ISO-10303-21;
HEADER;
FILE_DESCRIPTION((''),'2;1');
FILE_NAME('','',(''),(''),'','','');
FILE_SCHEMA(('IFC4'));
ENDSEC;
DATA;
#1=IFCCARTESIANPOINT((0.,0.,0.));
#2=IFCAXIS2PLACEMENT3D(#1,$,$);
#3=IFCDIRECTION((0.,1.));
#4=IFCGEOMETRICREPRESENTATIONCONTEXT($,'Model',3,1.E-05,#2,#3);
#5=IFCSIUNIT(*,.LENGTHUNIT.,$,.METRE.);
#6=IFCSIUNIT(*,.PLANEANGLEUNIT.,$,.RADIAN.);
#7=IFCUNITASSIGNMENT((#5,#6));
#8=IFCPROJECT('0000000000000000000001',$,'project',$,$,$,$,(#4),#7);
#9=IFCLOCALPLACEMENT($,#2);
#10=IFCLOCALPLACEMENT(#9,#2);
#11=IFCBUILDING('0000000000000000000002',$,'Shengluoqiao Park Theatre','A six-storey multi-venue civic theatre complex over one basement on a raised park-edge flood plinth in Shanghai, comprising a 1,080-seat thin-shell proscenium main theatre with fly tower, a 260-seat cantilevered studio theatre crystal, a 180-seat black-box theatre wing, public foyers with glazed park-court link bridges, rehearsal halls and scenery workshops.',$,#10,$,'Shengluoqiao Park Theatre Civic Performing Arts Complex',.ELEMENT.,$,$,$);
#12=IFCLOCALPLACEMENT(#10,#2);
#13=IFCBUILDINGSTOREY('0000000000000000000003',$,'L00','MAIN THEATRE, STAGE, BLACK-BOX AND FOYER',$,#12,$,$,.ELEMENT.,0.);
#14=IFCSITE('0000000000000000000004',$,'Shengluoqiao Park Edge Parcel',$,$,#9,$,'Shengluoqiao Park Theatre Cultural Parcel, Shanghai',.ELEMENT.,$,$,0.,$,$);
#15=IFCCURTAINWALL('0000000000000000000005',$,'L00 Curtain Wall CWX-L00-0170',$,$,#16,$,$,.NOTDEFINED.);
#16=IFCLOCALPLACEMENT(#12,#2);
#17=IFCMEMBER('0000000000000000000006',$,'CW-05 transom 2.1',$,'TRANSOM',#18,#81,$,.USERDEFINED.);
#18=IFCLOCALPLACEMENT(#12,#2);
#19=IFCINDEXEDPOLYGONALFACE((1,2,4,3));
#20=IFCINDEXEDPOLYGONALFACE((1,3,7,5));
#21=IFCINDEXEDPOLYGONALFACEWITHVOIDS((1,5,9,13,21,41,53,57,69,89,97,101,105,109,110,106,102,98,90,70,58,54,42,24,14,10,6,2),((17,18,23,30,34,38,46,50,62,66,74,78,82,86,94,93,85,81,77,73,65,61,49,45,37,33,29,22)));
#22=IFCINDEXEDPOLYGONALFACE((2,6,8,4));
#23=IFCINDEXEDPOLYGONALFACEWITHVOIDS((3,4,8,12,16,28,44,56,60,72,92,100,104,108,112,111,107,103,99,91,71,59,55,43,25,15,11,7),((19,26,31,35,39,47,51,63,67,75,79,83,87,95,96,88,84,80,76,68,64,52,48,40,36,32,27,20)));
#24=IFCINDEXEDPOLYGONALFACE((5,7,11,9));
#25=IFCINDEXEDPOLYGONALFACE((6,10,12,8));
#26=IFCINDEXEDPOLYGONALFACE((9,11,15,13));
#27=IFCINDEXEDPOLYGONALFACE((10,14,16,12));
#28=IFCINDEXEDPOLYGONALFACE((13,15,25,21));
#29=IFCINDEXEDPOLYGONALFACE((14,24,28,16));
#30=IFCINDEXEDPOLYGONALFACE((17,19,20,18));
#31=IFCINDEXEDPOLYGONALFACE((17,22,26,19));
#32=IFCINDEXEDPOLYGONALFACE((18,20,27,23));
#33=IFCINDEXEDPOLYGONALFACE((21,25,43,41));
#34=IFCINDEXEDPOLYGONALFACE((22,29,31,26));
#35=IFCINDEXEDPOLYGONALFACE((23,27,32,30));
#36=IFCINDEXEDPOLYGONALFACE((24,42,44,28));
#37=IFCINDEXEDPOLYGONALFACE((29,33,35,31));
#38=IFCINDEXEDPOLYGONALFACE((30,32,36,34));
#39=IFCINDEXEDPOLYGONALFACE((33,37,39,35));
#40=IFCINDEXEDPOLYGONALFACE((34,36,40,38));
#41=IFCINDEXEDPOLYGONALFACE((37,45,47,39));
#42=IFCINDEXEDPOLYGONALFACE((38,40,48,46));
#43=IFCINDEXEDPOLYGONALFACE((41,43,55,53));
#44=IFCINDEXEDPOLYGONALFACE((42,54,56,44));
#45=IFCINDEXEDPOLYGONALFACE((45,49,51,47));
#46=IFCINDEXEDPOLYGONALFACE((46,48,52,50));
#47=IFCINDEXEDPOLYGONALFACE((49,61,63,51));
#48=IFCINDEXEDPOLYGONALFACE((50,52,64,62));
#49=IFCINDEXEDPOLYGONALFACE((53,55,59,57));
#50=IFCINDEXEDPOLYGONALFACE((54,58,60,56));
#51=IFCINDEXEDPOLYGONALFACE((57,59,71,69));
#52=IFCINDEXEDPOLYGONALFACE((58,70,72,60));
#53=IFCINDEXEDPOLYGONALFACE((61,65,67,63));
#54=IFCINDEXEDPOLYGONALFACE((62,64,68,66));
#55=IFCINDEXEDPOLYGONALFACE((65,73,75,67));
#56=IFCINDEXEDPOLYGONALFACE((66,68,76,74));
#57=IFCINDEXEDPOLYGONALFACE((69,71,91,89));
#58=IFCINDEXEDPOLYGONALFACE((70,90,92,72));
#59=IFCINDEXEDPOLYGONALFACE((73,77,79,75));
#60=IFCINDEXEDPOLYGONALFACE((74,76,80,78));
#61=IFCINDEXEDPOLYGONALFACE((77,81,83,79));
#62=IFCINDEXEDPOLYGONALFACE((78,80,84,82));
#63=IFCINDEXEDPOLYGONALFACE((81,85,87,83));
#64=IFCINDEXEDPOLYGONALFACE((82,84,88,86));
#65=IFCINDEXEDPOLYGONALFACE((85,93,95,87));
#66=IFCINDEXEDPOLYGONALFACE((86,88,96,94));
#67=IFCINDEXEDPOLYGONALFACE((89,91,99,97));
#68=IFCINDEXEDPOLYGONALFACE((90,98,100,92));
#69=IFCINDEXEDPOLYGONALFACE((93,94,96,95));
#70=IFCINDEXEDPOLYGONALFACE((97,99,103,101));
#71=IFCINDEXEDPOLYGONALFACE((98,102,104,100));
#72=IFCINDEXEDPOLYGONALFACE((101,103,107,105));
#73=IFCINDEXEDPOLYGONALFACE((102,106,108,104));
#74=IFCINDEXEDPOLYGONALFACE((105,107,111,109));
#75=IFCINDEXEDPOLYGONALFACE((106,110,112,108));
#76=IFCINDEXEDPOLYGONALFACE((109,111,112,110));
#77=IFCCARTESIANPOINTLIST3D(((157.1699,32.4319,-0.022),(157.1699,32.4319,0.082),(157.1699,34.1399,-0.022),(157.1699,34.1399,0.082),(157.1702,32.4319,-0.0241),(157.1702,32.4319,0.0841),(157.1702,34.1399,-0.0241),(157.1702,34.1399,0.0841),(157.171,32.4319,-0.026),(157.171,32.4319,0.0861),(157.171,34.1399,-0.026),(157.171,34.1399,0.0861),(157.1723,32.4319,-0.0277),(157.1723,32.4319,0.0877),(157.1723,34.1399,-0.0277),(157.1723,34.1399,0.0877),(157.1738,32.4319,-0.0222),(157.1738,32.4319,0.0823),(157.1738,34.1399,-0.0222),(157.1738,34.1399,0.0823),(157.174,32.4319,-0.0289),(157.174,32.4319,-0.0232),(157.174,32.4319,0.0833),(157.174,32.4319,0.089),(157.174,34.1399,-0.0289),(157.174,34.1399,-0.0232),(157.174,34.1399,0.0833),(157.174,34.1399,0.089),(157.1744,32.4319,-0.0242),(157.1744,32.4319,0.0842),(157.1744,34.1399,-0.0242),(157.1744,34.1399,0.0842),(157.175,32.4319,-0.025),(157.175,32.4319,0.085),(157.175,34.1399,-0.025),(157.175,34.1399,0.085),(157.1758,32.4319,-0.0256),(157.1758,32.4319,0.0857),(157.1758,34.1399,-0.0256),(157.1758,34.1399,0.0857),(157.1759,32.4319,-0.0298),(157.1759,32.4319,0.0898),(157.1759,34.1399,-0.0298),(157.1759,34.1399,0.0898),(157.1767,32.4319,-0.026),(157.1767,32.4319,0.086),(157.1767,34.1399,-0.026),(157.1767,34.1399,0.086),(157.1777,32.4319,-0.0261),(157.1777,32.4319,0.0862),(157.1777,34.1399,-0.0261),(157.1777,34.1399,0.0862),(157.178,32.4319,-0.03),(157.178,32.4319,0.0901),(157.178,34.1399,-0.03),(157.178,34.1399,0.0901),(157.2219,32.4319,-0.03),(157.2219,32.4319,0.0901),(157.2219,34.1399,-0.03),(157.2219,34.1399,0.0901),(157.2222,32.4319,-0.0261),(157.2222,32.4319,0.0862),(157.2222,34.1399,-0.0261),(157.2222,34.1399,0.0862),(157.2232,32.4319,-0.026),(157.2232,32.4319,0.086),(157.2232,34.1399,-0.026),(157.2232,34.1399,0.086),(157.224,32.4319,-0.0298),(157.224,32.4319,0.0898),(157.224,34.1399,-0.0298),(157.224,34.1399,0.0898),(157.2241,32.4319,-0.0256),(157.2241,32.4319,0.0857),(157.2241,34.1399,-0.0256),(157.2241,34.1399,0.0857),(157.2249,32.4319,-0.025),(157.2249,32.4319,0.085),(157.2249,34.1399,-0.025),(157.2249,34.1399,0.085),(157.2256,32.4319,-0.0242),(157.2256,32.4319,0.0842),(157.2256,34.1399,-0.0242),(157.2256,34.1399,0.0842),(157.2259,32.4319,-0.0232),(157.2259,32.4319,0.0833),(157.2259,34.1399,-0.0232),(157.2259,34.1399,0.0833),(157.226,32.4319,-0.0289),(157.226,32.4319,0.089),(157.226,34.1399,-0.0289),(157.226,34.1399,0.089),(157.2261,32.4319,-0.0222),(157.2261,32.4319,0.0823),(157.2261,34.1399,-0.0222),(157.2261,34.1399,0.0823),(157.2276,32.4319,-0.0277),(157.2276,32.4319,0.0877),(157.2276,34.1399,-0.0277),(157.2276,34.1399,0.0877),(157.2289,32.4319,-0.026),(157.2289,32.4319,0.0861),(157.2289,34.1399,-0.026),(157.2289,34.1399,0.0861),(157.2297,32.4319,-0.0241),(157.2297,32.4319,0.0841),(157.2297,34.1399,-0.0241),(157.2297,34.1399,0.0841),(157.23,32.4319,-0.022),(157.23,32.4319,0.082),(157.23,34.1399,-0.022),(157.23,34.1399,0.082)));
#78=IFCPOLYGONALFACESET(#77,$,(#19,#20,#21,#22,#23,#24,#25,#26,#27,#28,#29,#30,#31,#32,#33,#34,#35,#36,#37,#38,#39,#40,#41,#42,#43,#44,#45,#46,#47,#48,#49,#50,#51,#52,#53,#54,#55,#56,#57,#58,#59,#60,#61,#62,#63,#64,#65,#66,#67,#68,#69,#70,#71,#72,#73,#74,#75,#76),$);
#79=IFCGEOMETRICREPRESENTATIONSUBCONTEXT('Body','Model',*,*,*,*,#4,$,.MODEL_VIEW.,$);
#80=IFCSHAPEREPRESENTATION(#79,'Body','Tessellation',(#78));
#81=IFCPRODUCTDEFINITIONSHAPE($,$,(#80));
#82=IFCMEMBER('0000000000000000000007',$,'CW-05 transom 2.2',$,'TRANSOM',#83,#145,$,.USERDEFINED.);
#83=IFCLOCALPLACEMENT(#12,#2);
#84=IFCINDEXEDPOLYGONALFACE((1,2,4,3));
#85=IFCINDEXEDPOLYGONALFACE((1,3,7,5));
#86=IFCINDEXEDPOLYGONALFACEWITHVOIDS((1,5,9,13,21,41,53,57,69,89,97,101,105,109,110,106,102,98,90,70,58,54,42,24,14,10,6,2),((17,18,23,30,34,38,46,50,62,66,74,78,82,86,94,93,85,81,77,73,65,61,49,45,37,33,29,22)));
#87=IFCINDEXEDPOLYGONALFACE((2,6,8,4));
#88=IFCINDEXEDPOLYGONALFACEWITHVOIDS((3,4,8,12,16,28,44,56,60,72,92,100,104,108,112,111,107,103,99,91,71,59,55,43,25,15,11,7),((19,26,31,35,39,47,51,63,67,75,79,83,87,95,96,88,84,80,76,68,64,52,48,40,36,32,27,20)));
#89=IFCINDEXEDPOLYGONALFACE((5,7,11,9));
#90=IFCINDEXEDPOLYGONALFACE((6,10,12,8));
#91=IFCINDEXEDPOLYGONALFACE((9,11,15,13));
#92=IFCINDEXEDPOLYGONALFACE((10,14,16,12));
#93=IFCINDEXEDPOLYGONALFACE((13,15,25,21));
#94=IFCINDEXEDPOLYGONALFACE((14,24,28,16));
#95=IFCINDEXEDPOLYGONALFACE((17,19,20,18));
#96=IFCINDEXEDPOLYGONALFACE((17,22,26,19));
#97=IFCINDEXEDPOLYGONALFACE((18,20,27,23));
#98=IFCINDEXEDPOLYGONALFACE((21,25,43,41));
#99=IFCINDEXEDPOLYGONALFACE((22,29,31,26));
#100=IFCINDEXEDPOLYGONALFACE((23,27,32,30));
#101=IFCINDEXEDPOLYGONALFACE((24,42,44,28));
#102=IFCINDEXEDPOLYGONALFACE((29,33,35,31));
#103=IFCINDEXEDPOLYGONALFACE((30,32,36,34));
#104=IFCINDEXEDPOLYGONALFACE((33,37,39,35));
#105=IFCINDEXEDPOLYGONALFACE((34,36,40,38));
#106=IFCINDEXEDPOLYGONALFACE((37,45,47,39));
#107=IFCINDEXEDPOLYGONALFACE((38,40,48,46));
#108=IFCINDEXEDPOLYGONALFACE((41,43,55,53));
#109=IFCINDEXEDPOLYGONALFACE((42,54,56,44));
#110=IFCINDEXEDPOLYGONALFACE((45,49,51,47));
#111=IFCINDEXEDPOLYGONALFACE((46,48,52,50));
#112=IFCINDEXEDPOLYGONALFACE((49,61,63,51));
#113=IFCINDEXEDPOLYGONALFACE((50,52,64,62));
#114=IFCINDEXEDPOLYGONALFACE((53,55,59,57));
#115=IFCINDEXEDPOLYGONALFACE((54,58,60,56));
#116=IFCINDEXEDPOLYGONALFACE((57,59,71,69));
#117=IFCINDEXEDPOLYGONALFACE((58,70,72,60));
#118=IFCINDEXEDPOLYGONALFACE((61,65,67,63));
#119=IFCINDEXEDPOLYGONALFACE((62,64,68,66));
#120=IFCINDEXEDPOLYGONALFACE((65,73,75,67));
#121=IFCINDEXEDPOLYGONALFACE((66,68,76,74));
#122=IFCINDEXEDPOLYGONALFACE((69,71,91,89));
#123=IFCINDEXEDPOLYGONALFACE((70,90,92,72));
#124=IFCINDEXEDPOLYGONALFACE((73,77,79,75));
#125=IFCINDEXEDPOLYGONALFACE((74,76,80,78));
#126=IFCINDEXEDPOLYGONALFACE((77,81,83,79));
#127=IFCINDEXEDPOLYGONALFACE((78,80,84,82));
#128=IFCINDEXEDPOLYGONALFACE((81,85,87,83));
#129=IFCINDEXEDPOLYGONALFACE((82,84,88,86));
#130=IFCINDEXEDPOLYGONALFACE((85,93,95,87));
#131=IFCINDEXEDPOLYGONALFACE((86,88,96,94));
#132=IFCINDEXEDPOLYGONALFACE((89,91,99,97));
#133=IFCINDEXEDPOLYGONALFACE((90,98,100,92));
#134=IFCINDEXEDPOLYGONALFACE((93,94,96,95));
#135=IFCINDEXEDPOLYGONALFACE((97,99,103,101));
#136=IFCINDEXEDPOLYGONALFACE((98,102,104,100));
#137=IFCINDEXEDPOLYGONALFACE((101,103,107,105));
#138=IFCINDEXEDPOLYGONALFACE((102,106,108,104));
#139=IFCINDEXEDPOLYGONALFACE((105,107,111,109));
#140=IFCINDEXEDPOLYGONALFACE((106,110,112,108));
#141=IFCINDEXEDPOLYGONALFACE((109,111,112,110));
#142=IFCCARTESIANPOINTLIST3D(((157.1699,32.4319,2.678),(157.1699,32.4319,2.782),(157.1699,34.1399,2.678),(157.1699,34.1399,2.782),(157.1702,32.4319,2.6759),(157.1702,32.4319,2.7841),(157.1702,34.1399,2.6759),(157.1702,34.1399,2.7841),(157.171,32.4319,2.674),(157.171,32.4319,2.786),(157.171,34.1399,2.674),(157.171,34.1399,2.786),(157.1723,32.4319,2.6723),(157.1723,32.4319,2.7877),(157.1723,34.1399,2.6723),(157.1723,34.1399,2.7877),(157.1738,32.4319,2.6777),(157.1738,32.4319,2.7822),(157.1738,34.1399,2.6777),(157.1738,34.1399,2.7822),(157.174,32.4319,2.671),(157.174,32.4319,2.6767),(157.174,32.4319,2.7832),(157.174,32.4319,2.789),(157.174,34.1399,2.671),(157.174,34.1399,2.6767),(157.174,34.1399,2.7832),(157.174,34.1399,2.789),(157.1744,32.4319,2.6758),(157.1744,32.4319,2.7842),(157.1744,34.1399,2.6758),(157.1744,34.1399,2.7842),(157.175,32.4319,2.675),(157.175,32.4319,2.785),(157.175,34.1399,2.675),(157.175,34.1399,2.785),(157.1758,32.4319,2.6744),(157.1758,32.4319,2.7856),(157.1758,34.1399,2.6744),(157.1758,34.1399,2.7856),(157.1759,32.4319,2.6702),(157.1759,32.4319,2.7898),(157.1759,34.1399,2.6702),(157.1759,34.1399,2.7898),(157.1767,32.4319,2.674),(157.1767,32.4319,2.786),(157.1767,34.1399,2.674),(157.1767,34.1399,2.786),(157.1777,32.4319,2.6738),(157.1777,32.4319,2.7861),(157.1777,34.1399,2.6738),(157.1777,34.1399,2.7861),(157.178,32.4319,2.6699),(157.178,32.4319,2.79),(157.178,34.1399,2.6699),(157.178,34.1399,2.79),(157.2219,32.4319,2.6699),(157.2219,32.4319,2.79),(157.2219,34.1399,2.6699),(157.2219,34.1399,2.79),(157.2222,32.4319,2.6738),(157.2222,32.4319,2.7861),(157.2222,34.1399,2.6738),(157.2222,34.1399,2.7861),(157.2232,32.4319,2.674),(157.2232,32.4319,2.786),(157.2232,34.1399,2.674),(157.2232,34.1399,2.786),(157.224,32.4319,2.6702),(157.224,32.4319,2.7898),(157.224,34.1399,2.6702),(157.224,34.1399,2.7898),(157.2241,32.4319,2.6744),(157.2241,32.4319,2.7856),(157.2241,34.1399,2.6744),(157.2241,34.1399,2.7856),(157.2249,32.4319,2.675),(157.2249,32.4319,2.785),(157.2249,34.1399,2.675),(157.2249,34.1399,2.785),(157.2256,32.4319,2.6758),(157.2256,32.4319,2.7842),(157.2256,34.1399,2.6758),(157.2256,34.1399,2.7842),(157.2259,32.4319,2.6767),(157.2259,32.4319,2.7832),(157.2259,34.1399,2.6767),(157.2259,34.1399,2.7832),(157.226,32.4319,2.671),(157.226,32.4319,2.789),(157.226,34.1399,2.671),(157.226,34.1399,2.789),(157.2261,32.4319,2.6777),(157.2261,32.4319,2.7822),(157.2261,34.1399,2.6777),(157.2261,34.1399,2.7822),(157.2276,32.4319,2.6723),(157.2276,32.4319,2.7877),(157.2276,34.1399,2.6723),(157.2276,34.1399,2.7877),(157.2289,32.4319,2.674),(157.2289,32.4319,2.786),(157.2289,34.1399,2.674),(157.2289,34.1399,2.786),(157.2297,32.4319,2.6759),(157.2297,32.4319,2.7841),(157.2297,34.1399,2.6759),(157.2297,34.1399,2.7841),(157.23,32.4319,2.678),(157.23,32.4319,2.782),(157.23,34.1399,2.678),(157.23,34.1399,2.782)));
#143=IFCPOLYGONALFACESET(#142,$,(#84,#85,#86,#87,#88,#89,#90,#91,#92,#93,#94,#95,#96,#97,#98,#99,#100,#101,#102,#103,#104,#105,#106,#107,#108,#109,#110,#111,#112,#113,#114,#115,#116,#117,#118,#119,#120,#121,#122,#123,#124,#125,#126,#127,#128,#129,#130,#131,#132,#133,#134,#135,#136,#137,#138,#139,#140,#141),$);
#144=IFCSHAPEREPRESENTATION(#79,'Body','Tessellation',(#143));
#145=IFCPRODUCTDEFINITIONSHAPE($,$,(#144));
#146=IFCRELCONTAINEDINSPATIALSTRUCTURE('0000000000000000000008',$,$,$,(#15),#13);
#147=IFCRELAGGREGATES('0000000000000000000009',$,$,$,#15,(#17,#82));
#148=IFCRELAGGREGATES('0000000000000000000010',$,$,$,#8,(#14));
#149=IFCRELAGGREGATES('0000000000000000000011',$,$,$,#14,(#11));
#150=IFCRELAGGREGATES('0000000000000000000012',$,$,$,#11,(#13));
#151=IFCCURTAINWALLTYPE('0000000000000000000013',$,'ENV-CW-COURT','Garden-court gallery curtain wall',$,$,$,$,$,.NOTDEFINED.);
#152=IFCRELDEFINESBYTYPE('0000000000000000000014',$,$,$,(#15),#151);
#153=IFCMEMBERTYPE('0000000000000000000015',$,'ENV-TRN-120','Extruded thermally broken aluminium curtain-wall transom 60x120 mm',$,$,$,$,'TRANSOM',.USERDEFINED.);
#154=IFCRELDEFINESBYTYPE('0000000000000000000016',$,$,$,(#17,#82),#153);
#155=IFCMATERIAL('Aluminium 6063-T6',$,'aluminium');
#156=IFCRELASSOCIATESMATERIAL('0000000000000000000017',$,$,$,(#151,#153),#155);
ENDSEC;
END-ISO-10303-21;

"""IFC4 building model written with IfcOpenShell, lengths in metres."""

from ifc_helpers import new_model, si_unit, direction, frame, origin, origin_2d, place, context, subcontext, project, spatial, hollow_rectangle, extrude, material, material_profile, profile_set, type_object, element, aggregate, save


model = new_model("IFC4")

# Units and contexts
model_context = context("Model", 3, precision=1e-05, world=origin(), true_north=direction((0.0, 1.0)))
body_context = subcontext(model_context, "Body", "Model", "MODEL_VIEW")
ifc_project = project(units=[si_unit("LENGTHUNIT", "METRE"), si_unit("PLANEANGLEUNIT", "RADIAN")], contexts=[model_context])

# Site, building, storey
site_placement = place(None, origin())
site = spatial("IfcSite", under=ifc_project, at=site_placement, Name="Shengluoqiao Park Edge Parcel", LongName="Shengluoqiao Park Theatre Cultural Parcel, Shanghai", CompositionType="ELEMENT", RefElevation=0.0)
building_placement = place(site_placement, origin())
building = spatial("IfcBuilding", under=site, at=building_placement, Name="Shengluoqiao Park Theatre", Description="A six-storey multi-venue civic theatre complex over one basement on a raised park-edge flood plinth in Shanghai, comprising a 1,080-seat thin-shell proscenium main theatre with fly tower, a 260-seat cantilevered studio theatre crystal, a 180-seat black-box theatre wing, public foyers with glazed park-court link bridges, rehearsal halls and scenery workshops.", LongName="Shengluoqiao Park Theatre Civic Performing Arts Complex", CompositionType="ELEMENT")
storey_placement = place(building_placement, origin())
storey = spatial("IfcBuildingStorey", under=building, at=storey_placement, Name="L00", Description="MAIN THEATRE, STAGE, BLACK-BOX AND FOYER", CompositionType="ELEMENT", Elevation=0.0)

# Shared definitions
ifc_material_1 = material(Name="Aluminium 6063-T6", Category="aluminium")
curtain_wall_type = type_object("IfcCurtainWallType", Name="ENV-CW-COURT", Description="Garden-court gallery curtain wall", PredefinedType="NOTDEFINED", material=ifc_material_1)

# Curtain wall
curtain_wall_1_placement = place(storey_placement, origin())
curtain_wall_1 = element("IfcCurtainWall", 1, at=curtain_wall_1_placement, inside=storey, type_object=curtain_wall_type, Name="L00 Curtain Wall CWX-L00-0170", PredefinedType="NOTDEFINED")

# Members
ifc_material_profile_1 = material_profile(ifc_material_1, hollow_rectangle(XDim=0.0601, YDim=0.1201, WallThickness=0.0039, InnerFilletRadius=0.0039, OuterFilletRadius=0.0081, at=origin_2d()), Name="ALU TRANSOM 120x60x4")
ifc_profile_set_1 = profile_set([ifc_material_profile_1], Name="Aluminium 6063-T6")
member_type_1 = type_object("IfcMemberType", Name="ENV-TRN-120", Description="Extruded thermally broken aluminium curtain-wall transom 60x120 mm", ElementType="TRANSOM", PredefinedType="USERDEFINED", material=ifc_profile_set_1)
member_1_placement = place(storey_placement, frame((157.2, 32.4319, 0.03), z_axis=(0.0, 1.0, 0.0), x_axis=(-1.0, 0.0, 0.0)))
member_1 = element("IfcMember", 2, at=member_1_placement, type_object=member_type_1, Name="CW-05 transom 2.1", ObjectType="TRANSOM", PredefinedType="USERDEFINED", context=body_context, shape_type="SweptSolid", body=[
    extrude(hollow_rectangle(XDim=0.0601, YDim=0.1201, WallThickness=0.0039, InnerFilletRadius=0.0039, OuterFilletRadius=0.0081, at=origin_2d()), origin(), (0.0, 0.0, 1.0), 1.708),
])
member_2_placement = place(storey_placement, frame((157.2, 32.4319, 2.73), z_axis=(0.0, 1.0, 0.0), x_axis=(-1.0, 0.0, 0.0)))
member_2 = element("IfcMember", 3, at=member_2_placement, type_object=member_type_1, Name="CW-05 transom 2.2", ObjectType="TRANSOM", PredefinedType="USERDEFINED", context=body_context, shape_type="SweptSolid", body=[
    extrude(hollow_rectangle(XDim=0.0601, YDim=0.1201, WallThickness=0.0039, InnerFilletRadius=0.0039, OuterFilletRadius=0.0081, at=origin_2d()), origin(), (0.0, 0.0, 1.0), 1.708),
])

aggregate(curtain_wall_1, [member_1, member_2])

save(model, "model.ifc")
